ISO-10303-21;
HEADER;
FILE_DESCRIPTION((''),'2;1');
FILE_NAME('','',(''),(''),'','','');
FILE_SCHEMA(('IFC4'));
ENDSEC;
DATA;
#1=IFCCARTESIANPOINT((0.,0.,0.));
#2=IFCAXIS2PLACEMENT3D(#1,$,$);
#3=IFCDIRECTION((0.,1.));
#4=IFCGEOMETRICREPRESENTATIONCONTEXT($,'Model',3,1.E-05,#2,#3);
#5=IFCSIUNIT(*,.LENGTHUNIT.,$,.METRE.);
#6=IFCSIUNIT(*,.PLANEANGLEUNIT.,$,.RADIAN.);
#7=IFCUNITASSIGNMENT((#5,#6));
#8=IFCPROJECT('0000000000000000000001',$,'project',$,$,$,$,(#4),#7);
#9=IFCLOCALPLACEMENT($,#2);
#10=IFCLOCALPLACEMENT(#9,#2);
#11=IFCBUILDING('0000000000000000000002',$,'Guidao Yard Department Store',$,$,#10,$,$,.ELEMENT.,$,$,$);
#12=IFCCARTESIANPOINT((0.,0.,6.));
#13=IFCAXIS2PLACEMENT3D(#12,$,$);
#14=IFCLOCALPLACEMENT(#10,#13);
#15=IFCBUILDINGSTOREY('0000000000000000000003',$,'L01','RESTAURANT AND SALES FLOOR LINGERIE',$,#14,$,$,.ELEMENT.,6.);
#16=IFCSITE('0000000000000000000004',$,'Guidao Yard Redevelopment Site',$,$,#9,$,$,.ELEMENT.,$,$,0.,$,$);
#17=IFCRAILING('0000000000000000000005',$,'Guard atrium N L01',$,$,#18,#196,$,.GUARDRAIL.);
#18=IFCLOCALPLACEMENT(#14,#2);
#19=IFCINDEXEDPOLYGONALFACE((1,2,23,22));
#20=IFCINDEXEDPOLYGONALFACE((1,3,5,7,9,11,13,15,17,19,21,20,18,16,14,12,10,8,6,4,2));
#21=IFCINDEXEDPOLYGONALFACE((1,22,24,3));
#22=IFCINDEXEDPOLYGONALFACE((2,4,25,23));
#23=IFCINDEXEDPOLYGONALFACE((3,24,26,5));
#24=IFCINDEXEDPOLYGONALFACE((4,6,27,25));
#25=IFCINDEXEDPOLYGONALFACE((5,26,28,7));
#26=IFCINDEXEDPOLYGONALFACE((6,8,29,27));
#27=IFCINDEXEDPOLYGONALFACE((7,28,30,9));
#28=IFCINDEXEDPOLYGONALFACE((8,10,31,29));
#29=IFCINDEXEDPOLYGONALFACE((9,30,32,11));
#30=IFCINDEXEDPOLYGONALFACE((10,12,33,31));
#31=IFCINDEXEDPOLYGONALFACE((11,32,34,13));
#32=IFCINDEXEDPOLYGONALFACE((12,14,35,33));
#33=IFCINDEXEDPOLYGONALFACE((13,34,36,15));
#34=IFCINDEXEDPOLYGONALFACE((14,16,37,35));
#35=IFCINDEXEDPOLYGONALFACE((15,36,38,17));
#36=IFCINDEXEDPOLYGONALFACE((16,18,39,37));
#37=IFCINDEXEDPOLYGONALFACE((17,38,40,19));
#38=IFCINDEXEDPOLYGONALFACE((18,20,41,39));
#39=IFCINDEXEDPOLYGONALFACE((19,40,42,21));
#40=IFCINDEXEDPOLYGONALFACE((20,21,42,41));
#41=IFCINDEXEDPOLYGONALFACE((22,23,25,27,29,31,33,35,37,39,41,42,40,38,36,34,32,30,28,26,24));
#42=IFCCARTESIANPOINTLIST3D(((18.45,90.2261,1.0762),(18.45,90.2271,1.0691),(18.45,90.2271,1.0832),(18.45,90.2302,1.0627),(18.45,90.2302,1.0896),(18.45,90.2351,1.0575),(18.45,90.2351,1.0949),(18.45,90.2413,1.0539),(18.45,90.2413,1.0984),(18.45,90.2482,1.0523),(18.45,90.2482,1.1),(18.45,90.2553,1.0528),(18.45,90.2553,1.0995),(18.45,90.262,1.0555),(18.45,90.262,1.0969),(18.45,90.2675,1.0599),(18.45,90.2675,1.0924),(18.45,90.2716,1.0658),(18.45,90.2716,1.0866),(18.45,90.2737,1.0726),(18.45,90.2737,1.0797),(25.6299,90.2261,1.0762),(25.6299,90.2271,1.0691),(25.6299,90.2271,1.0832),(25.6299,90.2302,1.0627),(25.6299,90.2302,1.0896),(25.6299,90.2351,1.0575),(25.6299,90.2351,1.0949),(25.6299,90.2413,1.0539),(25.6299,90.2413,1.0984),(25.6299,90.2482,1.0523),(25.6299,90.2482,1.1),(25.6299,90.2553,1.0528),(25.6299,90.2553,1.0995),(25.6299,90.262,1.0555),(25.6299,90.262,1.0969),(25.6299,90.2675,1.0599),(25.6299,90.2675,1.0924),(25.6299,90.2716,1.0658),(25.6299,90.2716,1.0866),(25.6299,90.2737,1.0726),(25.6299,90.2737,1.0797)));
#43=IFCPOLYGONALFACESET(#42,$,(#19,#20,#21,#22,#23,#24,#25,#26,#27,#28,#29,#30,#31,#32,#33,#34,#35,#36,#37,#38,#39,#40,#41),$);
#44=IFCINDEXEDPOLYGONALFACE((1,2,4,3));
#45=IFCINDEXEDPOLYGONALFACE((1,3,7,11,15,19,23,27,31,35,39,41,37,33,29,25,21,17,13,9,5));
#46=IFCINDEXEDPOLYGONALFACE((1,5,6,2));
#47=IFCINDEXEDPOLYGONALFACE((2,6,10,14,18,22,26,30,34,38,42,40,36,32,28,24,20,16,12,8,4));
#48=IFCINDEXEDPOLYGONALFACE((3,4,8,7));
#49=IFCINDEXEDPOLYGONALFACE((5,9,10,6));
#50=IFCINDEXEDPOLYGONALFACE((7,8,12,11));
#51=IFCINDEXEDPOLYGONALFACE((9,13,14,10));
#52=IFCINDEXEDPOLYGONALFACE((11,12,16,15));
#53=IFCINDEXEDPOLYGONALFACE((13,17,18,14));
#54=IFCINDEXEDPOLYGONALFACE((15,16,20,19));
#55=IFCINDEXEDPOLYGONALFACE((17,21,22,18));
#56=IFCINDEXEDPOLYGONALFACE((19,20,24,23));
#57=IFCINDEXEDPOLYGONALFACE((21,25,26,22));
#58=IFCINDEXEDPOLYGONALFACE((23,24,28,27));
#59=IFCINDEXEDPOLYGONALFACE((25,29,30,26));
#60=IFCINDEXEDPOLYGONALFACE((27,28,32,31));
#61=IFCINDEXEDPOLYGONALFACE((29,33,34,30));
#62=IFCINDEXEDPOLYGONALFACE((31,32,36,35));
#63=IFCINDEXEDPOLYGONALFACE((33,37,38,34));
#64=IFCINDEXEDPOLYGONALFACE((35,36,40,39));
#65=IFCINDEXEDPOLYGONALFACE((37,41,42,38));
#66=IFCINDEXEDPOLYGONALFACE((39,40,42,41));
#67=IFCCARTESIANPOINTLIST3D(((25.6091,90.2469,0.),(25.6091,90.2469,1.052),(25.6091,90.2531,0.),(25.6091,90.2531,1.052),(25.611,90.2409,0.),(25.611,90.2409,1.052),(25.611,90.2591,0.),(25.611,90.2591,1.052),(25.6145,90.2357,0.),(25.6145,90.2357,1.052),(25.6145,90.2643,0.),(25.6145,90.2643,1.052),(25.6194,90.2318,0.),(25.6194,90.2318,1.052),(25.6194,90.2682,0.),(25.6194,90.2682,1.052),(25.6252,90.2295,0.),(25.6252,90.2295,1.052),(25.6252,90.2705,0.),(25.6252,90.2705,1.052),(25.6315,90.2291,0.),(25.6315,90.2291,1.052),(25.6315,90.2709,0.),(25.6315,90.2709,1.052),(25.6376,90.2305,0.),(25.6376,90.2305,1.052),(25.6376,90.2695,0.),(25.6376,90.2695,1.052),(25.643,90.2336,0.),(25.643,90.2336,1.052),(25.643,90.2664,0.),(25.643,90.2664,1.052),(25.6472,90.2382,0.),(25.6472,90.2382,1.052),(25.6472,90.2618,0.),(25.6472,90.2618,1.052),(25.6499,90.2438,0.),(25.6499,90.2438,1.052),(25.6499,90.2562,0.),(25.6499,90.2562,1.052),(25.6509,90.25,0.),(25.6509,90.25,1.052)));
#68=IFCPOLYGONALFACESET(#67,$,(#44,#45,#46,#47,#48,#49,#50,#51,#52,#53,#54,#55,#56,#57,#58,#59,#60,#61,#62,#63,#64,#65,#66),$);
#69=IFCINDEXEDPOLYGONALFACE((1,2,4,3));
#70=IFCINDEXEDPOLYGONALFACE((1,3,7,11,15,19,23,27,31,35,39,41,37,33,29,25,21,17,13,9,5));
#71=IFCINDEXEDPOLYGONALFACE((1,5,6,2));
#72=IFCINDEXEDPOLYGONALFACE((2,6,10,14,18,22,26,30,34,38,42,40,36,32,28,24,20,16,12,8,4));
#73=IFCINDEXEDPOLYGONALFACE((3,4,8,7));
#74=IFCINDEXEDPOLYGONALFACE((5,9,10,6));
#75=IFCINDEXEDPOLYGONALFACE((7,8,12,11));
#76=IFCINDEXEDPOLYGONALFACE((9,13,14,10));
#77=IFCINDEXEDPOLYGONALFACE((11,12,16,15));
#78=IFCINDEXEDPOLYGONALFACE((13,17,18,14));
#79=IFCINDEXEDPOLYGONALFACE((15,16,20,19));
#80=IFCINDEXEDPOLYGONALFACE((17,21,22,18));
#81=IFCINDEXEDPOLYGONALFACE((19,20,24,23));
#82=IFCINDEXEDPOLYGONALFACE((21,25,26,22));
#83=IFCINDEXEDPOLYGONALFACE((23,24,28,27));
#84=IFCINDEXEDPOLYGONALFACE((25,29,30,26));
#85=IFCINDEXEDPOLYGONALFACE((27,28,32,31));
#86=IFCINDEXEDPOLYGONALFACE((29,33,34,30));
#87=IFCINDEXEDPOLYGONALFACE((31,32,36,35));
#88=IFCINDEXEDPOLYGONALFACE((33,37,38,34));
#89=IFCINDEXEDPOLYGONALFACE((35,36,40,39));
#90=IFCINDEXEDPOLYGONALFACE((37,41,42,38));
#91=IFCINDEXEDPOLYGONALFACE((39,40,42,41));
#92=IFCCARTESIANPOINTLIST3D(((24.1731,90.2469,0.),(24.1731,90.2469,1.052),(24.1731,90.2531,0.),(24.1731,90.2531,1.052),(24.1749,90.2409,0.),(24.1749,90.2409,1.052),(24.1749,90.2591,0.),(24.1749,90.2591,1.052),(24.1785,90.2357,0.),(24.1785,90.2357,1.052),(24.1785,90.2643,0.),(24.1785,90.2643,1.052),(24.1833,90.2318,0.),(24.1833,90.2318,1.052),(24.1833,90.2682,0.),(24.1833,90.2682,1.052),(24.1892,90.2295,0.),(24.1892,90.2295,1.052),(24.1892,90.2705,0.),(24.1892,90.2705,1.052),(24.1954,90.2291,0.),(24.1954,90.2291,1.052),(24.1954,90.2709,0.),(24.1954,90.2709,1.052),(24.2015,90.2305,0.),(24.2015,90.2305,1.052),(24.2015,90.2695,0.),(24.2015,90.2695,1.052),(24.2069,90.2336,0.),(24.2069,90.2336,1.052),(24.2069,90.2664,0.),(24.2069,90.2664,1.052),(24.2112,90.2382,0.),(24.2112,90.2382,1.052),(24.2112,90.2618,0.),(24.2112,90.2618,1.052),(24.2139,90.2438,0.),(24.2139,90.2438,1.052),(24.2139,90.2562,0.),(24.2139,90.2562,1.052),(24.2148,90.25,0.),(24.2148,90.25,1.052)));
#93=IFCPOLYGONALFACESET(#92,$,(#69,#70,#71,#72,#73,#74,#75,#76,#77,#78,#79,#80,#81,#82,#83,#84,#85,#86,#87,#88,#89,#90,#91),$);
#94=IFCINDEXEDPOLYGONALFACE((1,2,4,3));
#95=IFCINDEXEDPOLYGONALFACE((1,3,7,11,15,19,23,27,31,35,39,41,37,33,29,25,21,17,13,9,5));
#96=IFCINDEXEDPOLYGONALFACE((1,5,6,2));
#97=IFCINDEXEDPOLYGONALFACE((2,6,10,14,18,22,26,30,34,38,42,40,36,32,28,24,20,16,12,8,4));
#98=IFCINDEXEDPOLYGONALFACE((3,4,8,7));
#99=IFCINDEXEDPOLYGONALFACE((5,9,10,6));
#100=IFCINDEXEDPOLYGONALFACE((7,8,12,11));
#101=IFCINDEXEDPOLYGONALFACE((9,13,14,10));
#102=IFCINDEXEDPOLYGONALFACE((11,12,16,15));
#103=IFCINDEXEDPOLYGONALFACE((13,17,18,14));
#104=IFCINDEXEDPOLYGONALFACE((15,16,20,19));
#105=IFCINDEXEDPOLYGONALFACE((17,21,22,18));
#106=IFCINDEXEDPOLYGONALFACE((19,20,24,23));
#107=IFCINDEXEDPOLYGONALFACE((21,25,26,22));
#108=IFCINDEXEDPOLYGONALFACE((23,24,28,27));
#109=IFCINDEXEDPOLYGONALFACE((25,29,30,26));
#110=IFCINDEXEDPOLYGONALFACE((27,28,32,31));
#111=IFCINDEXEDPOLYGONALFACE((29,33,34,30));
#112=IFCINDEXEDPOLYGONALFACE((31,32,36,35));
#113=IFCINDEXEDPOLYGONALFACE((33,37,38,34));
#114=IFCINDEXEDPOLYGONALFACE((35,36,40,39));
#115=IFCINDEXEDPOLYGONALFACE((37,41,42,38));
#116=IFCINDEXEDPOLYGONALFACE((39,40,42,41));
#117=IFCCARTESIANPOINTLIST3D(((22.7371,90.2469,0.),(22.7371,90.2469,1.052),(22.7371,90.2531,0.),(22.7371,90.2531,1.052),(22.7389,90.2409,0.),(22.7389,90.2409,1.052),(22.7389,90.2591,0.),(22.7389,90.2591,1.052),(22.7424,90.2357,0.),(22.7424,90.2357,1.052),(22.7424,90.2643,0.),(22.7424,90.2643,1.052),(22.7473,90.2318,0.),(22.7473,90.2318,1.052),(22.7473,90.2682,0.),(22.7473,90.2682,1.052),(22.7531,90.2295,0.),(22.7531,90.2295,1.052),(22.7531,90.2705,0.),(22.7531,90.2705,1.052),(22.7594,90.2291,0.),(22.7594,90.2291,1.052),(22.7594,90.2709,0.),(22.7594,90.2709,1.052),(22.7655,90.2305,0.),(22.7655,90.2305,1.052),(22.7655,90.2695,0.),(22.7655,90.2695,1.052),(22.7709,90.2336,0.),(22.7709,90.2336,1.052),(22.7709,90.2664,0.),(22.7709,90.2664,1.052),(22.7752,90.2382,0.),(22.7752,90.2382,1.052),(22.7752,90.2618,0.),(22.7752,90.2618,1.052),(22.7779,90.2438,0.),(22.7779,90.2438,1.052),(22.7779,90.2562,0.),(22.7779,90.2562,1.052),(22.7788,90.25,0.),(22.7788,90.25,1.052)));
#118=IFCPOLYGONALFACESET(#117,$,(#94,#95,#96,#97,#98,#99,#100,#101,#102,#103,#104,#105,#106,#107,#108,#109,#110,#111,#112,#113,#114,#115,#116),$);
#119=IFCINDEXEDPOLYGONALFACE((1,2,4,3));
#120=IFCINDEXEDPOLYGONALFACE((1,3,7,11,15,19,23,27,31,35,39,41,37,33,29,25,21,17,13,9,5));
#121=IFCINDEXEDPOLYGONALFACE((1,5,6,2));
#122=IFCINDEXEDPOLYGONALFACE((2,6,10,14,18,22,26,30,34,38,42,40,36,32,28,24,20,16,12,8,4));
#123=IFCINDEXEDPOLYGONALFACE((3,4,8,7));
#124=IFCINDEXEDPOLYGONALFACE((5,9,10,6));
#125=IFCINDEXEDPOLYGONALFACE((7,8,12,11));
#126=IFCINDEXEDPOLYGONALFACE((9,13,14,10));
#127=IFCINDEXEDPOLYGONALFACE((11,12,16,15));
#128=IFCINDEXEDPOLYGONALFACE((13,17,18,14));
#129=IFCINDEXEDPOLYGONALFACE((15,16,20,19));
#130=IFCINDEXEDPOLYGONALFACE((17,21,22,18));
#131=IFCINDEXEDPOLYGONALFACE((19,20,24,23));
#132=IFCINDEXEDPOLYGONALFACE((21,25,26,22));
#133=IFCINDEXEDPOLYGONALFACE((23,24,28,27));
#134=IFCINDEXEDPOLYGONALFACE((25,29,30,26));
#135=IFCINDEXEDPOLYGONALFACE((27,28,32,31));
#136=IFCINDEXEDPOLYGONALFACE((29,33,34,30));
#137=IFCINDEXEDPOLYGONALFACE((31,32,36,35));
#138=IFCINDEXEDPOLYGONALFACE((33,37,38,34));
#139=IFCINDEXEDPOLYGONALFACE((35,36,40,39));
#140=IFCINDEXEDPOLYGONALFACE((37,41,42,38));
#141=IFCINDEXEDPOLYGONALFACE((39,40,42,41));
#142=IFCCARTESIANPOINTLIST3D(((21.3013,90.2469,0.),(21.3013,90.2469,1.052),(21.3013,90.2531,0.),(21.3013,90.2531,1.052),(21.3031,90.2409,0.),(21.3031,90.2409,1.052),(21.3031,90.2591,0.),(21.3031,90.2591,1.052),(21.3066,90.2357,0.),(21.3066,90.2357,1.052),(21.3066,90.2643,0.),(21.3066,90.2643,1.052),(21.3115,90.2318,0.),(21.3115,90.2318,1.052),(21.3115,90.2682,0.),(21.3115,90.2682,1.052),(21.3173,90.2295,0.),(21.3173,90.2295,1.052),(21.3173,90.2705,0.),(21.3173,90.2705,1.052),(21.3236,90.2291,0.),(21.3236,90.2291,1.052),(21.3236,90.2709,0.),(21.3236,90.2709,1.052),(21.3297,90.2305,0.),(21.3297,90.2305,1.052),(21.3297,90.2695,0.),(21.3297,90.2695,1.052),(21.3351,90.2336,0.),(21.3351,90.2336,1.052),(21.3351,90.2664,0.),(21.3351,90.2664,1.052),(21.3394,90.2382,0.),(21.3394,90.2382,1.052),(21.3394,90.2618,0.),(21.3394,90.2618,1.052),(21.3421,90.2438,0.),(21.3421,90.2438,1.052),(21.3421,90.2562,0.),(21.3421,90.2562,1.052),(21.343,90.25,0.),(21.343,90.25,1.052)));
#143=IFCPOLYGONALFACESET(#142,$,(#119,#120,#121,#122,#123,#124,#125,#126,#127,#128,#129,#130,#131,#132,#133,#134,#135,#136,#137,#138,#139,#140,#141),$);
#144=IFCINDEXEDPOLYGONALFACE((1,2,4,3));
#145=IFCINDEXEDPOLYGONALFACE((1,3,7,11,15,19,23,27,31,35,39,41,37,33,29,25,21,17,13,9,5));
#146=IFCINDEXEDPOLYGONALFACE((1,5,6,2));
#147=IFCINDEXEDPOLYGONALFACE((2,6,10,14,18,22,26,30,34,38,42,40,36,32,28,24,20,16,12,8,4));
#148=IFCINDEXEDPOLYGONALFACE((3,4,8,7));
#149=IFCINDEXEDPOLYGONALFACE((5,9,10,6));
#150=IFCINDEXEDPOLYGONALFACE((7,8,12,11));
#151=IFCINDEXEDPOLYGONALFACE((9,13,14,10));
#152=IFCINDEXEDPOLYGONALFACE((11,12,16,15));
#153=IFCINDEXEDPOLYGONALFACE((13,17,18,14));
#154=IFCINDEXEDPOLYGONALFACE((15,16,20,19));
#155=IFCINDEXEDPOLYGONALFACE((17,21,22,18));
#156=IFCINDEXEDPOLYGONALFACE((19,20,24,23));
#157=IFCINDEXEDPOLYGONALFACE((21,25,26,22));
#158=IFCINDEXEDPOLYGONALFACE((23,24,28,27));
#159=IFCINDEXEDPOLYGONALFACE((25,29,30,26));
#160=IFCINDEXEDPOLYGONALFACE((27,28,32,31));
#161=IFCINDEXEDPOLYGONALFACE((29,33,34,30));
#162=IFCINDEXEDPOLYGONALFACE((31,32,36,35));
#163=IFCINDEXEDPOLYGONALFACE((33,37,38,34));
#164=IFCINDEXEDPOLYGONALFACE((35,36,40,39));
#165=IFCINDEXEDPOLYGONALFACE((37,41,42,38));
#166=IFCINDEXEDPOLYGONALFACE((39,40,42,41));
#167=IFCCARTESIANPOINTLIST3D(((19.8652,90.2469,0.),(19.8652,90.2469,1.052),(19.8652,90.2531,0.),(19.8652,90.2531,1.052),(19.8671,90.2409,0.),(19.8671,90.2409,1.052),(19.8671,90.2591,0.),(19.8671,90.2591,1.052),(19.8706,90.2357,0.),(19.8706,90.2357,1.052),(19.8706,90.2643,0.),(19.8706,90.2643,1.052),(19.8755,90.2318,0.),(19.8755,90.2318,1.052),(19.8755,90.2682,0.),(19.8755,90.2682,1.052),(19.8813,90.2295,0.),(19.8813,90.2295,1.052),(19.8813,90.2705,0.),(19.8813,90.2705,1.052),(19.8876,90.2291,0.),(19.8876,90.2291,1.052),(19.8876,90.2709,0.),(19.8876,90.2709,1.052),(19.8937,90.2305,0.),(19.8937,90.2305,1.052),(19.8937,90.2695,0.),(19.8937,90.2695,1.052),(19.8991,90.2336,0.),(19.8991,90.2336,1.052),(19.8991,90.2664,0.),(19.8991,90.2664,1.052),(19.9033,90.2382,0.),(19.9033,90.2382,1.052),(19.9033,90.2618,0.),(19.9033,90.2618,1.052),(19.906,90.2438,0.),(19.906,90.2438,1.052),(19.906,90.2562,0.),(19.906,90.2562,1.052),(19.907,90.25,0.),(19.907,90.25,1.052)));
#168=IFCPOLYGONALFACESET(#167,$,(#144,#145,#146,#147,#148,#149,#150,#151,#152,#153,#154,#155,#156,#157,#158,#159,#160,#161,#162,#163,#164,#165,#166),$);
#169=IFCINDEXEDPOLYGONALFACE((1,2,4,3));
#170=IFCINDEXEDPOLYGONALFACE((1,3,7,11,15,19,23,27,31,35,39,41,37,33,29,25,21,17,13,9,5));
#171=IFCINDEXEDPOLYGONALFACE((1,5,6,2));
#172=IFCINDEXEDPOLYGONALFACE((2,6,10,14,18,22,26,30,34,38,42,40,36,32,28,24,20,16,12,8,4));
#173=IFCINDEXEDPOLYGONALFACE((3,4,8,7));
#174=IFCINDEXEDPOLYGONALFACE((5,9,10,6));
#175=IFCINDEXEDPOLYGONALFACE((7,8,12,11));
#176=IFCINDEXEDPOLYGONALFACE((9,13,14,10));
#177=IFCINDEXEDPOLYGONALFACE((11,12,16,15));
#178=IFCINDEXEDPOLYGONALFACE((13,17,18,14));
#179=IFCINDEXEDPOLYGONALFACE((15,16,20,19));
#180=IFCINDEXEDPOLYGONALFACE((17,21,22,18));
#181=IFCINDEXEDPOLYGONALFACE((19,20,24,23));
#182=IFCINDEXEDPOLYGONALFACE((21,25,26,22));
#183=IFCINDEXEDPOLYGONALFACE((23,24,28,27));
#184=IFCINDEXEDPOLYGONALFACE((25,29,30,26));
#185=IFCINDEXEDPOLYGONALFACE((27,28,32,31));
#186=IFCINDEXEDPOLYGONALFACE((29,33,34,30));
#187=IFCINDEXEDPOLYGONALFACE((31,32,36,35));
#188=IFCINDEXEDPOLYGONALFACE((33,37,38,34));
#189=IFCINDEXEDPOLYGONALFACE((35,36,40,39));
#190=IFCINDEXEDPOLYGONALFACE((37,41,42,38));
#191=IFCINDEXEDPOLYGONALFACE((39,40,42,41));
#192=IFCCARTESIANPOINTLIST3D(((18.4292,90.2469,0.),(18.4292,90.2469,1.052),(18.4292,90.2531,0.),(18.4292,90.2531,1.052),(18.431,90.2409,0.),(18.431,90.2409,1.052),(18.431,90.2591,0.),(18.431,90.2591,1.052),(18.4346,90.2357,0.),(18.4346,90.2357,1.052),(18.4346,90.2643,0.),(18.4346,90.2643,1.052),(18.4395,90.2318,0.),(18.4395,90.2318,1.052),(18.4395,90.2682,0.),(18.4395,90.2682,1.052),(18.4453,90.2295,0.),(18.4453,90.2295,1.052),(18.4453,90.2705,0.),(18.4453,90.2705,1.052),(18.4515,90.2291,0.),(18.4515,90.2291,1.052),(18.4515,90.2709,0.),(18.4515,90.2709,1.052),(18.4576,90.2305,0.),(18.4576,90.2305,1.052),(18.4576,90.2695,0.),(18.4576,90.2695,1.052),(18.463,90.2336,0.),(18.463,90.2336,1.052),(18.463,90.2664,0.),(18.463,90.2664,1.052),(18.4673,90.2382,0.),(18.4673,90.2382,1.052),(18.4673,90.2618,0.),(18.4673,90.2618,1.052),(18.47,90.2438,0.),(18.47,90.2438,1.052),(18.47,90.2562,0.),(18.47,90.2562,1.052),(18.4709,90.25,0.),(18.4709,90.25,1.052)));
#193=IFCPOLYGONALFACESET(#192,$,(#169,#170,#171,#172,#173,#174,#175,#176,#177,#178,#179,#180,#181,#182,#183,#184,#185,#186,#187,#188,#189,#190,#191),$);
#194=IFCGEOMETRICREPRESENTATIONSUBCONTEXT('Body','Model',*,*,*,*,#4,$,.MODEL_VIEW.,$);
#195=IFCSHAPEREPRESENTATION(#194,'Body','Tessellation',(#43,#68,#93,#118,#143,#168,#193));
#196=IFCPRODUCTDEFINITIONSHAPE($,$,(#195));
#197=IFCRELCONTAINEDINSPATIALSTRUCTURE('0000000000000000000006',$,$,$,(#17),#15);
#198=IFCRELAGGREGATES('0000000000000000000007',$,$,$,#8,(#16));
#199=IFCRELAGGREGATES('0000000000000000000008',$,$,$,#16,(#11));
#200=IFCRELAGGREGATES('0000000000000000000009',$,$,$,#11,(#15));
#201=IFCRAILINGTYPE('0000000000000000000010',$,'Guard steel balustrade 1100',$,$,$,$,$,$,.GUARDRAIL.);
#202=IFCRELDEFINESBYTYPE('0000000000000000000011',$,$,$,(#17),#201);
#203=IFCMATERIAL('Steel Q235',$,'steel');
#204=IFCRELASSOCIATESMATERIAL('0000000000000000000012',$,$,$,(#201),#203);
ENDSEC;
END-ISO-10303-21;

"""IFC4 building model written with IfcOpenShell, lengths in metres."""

from ifc_helpers import new_model, si_unit, direction, frame, origin, origin_2d, place, context, subcontext, project, spatial, circle, extrude, material, type_object, element, save


model = new_model("IFC4")

# Units and contexts
model_context = context("Model", 3, precision=1e-05, world=origin(), true_north=direction((0.0, 1.0)))
body_context = subcontext(model_context, "Body", "Model", "MODEL_VIEW")
ifc_project = project(units=[si_unit("LENGTHUNIT", "METRE"), si_unit("PLANEANGLEUNIT", "RADIAN")], contexts=[model_context])

# Site, building, storey
site_placement = place(None, origin())
site = spatial("IfcSite", under=ifc_project, at=site_placement, Name="Guidao Yard Redevelopment Site", CompositionType="ELEMENT", RefElevation=0.0)
building_placement = place(site_placement, origin())
building = spatial("IfcBuilding", under=site, at=building_placement, Name="Guidao Yard Department Store", CompositionType="ELEMENT")
storey_placement = place(building_placement, frame((0.0, 0.0, 6.0)))
storey = spatial("IfcBuildingStorey", under=building, at=storey_placement, Name="L01", Description="RESTAURANT AND SALES FLOOR LINGERIE", CompositionType="ELEMENT", Elevation=6.0)

# Railing
ifc_material_1 = material(Name="Steel Q235", Category="steel")
railing_type_1 = type_object("IfcRailingType", Name="Guard steel balustrade 1100", PredefinedType="GUARDRAIL", material=ifc_material_1)
for number, where, name in (
    (1, (25.6299, 90.25, 0.0), "Guard atrium N L01"),
):
    element("IfcRailing", number, at=place(storey_placement, frame(where)), inside=storey, type_object=railing_type_1, Name=name, PredefinedType="GUARDRAIL", context=body_context, shape_type="SweptSolid", body=[
        extrude(circle(Radius=0.0239, at=origin_2d()), frame((0.0, 0.0, 1.0762), z_axis=(-1.0, 0.0, 0.0), x_axis=(0.0, -1.0, 0.0)), (0.0, 0.0, 1.0), 7.1799),
        extrude(circle(Radius=0.021, at=origin_2d()), origin(), (0.0, 0.0, 1.0), 1.052),
        extrude(circle(Radius=0.021, at=origin_2d()), frame((-1.436, 0.0, 0.0)), (0.0, 0.0, 1.0), 1.052),
        extrude(circle(Radius=0.021, at=origin_2d()), frame((-2.8721, 0.0, 0.0)), (0.0, 0.0, 1.0), 1.052),
        extrude(circle(Radius=0.021, at=origin_2d()), frame((-4.3079, 0.0, 0.0)), (0.0, 0.0, 1.0), 1.052),
        extrude(circle(Radius=0.021, at=origin_2d()), frame((-5.7439, 0.0, 0.0)), (0.0, 0.0, 1.0), 1.052),
        extrude(circle(Radius=0.021, at=origin_2d()), frame((-7.1799, 0.0, 0.0)), (0.0, 0.0, 1.0), 1.052),
    ])

save(model, "model.ifc")
